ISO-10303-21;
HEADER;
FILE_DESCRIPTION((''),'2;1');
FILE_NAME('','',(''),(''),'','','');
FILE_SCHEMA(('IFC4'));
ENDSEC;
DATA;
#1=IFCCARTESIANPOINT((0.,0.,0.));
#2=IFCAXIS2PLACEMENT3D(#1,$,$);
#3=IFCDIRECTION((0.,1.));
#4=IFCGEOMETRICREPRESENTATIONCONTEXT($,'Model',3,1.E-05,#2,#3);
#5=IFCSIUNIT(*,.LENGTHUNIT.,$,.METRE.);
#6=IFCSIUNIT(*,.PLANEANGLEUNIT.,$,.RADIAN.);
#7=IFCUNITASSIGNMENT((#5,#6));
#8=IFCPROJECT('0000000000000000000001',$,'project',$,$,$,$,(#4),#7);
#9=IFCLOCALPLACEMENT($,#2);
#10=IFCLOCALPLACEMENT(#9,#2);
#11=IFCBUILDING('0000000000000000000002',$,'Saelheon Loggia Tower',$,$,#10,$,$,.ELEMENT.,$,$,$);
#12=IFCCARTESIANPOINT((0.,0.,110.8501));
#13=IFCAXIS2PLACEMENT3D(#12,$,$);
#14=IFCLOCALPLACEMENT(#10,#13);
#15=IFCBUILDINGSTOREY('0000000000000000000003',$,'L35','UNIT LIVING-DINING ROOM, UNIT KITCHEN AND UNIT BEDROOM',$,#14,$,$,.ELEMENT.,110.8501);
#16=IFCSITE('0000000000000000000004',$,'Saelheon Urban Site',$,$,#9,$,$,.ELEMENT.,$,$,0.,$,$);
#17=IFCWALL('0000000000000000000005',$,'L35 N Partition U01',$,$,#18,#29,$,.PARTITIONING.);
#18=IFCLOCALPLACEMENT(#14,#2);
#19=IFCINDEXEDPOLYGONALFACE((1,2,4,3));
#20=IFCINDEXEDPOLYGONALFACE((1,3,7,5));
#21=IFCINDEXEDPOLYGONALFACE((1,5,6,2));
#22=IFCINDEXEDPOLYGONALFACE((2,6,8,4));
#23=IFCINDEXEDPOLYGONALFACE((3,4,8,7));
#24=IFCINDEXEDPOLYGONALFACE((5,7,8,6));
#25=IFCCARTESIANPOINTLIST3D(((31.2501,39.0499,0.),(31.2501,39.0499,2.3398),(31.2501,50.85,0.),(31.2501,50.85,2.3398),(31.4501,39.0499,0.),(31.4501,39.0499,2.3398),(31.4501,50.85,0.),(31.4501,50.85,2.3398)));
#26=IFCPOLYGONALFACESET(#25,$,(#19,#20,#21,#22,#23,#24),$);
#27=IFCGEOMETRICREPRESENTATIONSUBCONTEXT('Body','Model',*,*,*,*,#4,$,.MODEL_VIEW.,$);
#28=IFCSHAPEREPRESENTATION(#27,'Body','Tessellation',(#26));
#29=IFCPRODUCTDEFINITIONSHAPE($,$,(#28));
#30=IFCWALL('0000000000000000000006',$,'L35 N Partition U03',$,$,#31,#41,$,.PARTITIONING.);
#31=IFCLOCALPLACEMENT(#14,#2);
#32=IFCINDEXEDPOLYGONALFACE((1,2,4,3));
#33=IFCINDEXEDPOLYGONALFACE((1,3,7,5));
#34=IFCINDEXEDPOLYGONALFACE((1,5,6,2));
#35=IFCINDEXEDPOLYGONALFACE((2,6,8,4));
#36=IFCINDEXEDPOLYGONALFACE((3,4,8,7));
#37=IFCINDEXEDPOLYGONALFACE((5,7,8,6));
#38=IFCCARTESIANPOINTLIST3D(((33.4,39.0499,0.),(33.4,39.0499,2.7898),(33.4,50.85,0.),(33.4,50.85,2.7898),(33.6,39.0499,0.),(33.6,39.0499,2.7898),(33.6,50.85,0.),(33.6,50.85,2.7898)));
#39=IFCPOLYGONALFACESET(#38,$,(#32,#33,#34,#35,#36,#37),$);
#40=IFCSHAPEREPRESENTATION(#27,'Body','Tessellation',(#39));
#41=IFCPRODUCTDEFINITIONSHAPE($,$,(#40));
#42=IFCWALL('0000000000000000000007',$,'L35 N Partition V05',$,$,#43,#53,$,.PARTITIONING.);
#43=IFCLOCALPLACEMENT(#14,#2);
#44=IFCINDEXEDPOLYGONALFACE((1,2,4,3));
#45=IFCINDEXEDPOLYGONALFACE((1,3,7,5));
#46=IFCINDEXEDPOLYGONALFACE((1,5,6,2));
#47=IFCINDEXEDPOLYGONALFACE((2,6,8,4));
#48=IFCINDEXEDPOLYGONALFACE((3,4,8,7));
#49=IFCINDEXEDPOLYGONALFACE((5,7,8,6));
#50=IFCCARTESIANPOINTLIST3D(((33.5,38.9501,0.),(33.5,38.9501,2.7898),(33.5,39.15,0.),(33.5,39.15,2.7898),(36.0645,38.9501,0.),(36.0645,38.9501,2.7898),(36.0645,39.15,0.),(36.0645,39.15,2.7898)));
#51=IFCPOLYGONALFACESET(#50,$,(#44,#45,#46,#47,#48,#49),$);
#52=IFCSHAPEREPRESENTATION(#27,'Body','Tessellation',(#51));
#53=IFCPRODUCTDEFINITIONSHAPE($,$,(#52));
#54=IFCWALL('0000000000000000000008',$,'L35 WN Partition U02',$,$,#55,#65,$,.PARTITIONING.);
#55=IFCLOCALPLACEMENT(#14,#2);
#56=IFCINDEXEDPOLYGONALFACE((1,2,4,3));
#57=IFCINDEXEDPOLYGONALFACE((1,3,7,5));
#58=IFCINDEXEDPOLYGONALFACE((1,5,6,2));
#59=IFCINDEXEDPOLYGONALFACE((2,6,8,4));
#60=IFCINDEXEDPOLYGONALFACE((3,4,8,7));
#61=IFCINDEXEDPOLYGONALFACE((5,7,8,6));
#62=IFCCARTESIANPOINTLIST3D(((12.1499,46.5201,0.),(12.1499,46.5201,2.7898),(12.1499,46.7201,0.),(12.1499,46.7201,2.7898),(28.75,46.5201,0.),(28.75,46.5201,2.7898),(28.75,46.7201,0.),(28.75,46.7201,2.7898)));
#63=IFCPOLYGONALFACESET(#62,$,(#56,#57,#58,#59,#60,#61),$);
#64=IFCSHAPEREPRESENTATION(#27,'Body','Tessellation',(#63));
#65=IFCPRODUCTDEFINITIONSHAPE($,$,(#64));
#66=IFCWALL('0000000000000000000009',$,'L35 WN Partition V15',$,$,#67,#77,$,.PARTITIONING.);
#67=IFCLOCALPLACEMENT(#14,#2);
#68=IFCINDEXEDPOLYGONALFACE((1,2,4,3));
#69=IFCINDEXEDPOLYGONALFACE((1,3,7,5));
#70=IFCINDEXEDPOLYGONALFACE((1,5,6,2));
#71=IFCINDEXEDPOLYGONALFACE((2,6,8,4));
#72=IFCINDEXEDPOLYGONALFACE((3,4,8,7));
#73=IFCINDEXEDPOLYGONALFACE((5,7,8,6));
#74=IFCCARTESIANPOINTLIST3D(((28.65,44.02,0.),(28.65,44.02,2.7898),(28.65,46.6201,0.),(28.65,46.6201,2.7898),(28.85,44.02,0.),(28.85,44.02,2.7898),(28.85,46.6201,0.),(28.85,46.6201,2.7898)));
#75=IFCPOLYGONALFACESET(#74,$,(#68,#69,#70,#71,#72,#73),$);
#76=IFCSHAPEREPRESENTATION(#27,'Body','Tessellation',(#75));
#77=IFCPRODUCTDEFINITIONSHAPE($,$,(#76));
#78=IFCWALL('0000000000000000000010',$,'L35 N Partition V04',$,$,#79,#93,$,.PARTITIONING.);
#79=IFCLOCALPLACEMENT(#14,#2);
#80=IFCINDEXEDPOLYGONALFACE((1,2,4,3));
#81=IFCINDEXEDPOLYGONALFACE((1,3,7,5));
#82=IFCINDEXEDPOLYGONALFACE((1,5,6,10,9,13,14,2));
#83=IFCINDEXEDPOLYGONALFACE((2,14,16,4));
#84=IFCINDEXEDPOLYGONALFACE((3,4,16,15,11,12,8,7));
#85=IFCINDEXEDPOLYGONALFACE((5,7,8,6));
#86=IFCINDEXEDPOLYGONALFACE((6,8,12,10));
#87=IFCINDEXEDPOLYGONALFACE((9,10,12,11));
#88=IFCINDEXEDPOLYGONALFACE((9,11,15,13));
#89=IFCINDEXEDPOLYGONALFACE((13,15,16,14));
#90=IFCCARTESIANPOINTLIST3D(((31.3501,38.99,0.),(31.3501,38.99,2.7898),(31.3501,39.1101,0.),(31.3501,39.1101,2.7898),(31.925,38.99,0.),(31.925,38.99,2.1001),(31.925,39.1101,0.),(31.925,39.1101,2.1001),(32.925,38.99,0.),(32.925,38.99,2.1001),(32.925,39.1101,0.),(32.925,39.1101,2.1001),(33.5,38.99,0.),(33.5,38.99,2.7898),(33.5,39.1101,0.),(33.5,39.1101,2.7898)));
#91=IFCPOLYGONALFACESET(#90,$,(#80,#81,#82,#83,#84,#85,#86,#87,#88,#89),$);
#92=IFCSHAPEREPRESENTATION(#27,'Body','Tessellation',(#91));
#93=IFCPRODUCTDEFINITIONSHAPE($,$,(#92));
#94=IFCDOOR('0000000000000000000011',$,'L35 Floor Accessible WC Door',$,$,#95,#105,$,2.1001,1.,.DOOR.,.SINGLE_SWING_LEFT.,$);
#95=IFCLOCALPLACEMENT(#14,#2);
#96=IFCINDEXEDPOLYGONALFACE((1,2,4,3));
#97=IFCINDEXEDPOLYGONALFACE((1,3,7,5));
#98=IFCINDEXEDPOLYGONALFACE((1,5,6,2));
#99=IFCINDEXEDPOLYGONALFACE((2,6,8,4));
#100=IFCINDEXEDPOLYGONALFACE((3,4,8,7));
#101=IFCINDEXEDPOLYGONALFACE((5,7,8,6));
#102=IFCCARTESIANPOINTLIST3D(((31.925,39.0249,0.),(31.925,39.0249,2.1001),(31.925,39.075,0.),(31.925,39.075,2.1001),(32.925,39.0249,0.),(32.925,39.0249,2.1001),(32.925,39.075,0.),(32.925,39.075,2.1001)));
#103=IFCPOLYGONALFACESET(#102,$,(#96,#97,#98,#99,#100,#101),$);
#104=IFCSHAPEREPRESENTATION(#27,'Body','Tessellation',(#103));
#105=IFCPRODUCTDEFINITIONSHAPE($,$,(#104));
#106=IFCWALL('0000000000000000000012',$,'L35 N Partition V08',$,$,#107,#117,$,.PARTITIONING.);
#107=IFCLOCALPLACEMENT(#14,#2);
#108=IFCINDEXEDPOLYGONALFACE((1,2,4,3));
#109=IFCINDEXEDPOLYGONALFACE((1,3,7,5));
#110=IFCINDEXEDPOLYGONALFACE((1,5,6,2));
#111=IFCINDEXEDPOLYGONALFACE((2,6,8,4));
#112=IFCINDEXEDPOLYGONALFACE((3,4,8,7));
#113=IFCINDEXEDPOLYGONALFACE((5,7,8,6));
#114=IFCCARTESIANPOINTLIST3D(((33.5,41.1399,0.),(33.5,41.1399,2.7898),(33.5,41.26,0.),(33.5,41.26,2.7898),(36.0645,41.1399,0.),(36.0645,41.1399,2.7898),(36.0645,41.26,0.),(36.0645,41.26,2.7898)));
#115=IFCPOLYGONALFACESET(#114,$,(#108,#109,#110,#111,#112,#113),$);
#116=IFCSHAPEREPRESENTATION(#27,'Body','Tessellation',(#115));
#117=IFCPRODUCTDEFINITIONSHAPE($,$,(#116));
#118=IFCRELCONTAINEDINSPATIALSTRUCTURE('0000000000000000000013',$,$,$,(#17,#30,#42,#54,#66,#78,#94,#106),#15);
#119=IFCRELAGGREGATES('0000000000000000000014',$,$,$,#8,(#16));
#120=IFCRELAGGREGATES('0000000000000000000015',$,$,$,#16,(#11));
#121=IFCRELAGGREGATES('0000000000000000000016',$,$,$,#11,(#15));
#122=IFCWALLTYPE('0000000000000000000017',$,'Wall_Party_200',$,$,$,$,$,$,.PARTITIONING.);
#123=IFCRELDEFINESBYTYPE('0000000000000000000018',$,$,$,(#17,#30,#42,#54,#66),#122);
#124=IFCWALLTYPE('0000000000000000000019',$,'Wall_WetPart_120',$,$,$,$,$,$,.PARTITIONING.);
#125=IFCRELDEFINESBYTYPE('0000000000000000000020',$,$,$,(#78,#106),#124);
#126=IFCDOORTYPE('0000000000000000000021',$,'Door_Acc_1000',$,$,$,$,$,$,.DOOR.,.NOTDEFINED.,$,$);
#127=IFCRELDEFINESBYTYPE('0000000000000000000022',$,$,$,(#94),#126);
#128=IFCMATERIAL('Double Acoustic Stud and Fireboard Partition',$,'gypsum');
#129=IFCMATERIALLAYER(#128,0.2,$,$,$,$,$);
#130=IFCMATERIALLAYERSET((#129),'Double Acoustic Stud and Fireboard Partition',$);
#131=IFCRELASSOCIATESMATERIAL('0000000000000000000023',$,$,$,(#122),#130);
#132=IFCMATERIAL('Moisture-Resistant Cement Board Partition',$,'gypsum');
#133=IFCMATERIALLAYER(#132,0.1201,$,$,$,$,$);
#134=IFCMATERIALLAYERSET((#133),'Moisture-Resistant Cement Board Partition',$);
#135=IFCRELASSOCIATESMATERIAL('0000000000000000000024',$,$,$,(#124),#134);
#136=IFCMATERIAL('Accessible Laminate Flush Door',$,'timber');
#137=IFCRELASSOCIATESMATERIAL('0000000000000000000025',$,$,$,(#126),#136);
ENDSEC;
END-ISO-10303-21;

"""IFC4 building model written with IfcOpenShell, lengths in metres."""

from ifc_helpers import new_model, si_unit, direction, frame, frame_2d, origin, place, context, subcontext, project, spatial, rectangle, extrude, source, transform, mapped, material, layer, layer_set, type_object, element, fill, save


model = new_model("IFC4")

# Units and contexts
model_context = context("Model", 3, precision=1e-05, world=origin(), true_north=direction((0.0, 1.0)))
body_context = subcontext(model_context, "Body", "Model", "MODEL_VIEW")
ifc_project = project(units=[si_unit("LENGTHUNIT", "METRE"), si_unit("PLANEANGLEUNIT", "RADIAN")], contexts=[model_context])

# Site, building, storey
site_placement = place(None, origin())
site = spatial("IfcSite", under=ifc_project, at=site_placement, Name="Saelheon Urban Site", CompositionType="ELEMENT", RefElevation=0.0)
building_placement = place(site_placement, origin())
building = spatial("IfcBuilding", under=site, at=building_placement, Name="Saelheon Loggia Tower", CompositionType="ELEMENT")
storey_placement = place(building_placement, frame((0.0, 0.0, 110.8501)))
storey = spatial("IfcBuildingStorey", under=building, at=storey_placement, Name="L35", Description="UNIT LIVING-DINING ROOM, UNIT KITCHEN AND UNIT BEDROOM", CompositionType="ELEMENT", Elevation=110.8501)

# Walls
ifc_material_1 = material(Name="Double Acoustic Stud and Fireboard Partition", Category="gypsum")
ifc_layer_1 = layer(ifc_material_1, 0.2)
ifc_layer_set_1 = layer_set([ifc_layer_1], Name="Double Acoustic Stud and Fireboard Partition")
wall_type_1 = type_object("IfcWallType", Name="Wall_Party_200", PredefinedType="PARTITIONING", material=ifc_layer_set_1)
wall_1_placement = place(storey_placement, frame((31.3501, 39.05, 0.0), z_axis=(0.0, 0.0, 1.0), x_axis=(0.0, 1.0, 0.0)))
element("IfcWall", 1, at=wall_1_placement, inside=storey, type_object=wall_type_1, Name="L35 N Partition U01", PredefinedType="PARTITIONING", context=body_context, shape_type="SweptSolid", body=[
    extrude(rectangle(XDim=11.8, YDim=0.2, at=frame_2d((5.8999, 0.0))), origin(), (0.0, 0.0, 1.0), 2.3398),
])
wall_2_placement = place(storey_placement, frame((33.5, 39.05, 0.0), z_axis=(0.0, 0.0, 1.0), x_axis=(0.0, 1.0, 0.0)))
element("IfcWall", 2, at=wall_2_placement, inside=storey, type_object=wall_type_1, Name="L35 N Partition U03", PredefinedType="PARTITIONING", context=body_context, shape_type="SweptSolid", body=[
    extrude(rectangle(XDim=11.8, YDim=0.2, at=frame_2d((5.8999, 0.0))), origin(), (0.0, 0.0, 1.0), 2.7898),
])
wall_3_placement = place(storey_placement, frame((33.5, 39.05, 0.0), z_axis=(0.0, 0.0, 1.0), x_axis=(1.0, 0.0, 0.0)))
element("IfcWall", 3, at=wall_3_placement, inside=storey, type_object=wall_type_1, Name="L35 N Partition V05", PredefinedType="PARTITIONING", context=body_context, shape_type="SweptSolid", body=[
    extrude(rectangle(XDim=2.5645, YDim=0.2, at=frame_2d((1.2822, 0.0))), origin(), (0.0, 0.0, 1.0), 2.7898),
])
wall_4_placement = place(storey_placement, frame((28.75, 46.6201, 0.0), z_axis=(0.0, 0.0, 1.0), x_axis=(-1.0, 0.0, 0.0)))
element("IfcWall", 4, at=wall_4_placement, inside=storey, type_object=wall_type_1, Name="L35 WN Partition U02", PredefinedType="PARTITIONING", context=body_context, shape_type="SweptSolid", body=[
    extrude(rectangle(XDim=16.6001, YDim=0.2, at=frame_2d((8.3, 0.0))), origin(), (0.0, 0.0, 1.0), 2.7898),
])
wall_5_placement = place(storey_placement, frame((28.75, 44.02, 0.0), z_axis=(0.0, 0.0, 1.0), x_axis=(0.0, 1.0, 0.0)))
element("IfcWall", 5, at=wall_5_placement, inside=storey, type_object=wall_type_1, Name="L35 WN Partition V15", PredefinedType="PARTITIONING", context=body_context, shape_type="SweptSolid", body=[
    extrude(rectangle(XDim=2.6001, YDim=0.2, at=frame_2d((1.3, 0.0))), origin(), (0.0, 0.0, 1.0), 2.7898),
])

# Wall, opening, door
ifc_material_2 = material(Name="Moisture-Resistant Cement Board Partition", Category="gypsum")
ifc_layer_2 = layer(ifc_material_2, 0.1201)
ifc_layer_set_2 = layer_set([ifc_layer_2], Name="Moisture-Resistant Cement Board Partition")
wall_type_2 = type_object("IfcWallType", Name="Wall_WetPart_120", PredefinedType="PARTITIONING", material=ifc_layer_set_2)
wall_6_placement = place(storey_placement, frame((31.3501, 39.05, 0.0), z_axis=(0.0, 0.0, 1.0), x_axis=(1.0, 0.0, 0.0)))
wall_6 = element("IfcWall", 6, at=wall_6_placement, inside=storey, type_object=wall_type_2, Name="L35 N Partition V04", PredefinedType="PARTITIONING", context=body_context, shape_type="SweptSolid", body=[
    extrude(rectangle(XDim=2.1499, YDim=0.1201, at=frame_2d((1.075, 0.0))), origin(), (0.0, 0.0, 1.0), 2.7898),
])
opening_1_placement = place(wall_6_placement, frame((0.575, 0.0, 0.0)))
opening_1 = element("IfcOpeningElement", 7, at=opening_1_placement, cuts=wall_6, PredefinedType="OPENING", context=body_context, shape_type="SweptSolid", body=[
    extrude(rectangle(XDim=1.0, YDim=2.1001, at=frame_2d((0.5, 1.05))), frame((0.0, 0.072, 0.0), z_axis=(0.0, -1.0, 0.0), x_axis=(1.0, 0.0, 0.0)), (0.0, 0.0, 1.0), 0.144),
])
ifc_material_3 = material(Name="Accessible Laminate Flush Door", Category="timber")
door_type_1 = type_object("IfcDoorType", Name="Door_Acc_1000", OperationType="NOTDEFINED", PredefinedType="DOOR", material=ifc_material_3)
shared_shape_1 = source(origin(), body_context, "Body", "SweptSolid", [
    extrude(rectangle(XDim=1.0, YDim=2.1001, at=frame_2d((0.5, 1.05))), frame((0.0, 0.0249, 0.0), z_axis=(0.0, -1.0, 0.0), x_axis=(1.0, 0.0, 0.0)), (0.0, 0.0, 1.0), 0.05),
])
door_1_placement = place(opening_1_placement, origin())
door_1 = element("IfcDoor", 8, at=door_1_placement, inside=storey, type_object=door_type_1, Name="L35 Floor Accessible WC Door", OperationType="SINGLE_SWING_LEFT", OverallHeight=2.1001, OverallWidth=1.0, PredefinedType="DOOR", context=body_context, shape_type="MappedRepresentation", body=[
    mapped(shared_shape_1, transform((0.0, 0.0, 0.0), scale=1.0)),
])
fill(opening_1, door_1)

# Wall
wall_7_placement = place(storey_placement, frame((33.5, 41.2, 0.0), z_axis=(0.0, 0.0, 1.0), x_axis=(1.0, 0.0, 0.0)))
element("IfcWall", 9, at=wall_7_placement, inside=storey, type_object=wall_type_2, Name="L35 N Partition V08", PredefinedType="PARTITIONING", context=body_context, shape_type="SweptSolid", body=[
    extrude(rectangle(XDim=2.5645, YDim=0.1201, at=frame_2d((1.2822, 0.0))), origin(), (0.0, 0.0, 1.0), 2.7898),
])

save(model, "model.ifc")
